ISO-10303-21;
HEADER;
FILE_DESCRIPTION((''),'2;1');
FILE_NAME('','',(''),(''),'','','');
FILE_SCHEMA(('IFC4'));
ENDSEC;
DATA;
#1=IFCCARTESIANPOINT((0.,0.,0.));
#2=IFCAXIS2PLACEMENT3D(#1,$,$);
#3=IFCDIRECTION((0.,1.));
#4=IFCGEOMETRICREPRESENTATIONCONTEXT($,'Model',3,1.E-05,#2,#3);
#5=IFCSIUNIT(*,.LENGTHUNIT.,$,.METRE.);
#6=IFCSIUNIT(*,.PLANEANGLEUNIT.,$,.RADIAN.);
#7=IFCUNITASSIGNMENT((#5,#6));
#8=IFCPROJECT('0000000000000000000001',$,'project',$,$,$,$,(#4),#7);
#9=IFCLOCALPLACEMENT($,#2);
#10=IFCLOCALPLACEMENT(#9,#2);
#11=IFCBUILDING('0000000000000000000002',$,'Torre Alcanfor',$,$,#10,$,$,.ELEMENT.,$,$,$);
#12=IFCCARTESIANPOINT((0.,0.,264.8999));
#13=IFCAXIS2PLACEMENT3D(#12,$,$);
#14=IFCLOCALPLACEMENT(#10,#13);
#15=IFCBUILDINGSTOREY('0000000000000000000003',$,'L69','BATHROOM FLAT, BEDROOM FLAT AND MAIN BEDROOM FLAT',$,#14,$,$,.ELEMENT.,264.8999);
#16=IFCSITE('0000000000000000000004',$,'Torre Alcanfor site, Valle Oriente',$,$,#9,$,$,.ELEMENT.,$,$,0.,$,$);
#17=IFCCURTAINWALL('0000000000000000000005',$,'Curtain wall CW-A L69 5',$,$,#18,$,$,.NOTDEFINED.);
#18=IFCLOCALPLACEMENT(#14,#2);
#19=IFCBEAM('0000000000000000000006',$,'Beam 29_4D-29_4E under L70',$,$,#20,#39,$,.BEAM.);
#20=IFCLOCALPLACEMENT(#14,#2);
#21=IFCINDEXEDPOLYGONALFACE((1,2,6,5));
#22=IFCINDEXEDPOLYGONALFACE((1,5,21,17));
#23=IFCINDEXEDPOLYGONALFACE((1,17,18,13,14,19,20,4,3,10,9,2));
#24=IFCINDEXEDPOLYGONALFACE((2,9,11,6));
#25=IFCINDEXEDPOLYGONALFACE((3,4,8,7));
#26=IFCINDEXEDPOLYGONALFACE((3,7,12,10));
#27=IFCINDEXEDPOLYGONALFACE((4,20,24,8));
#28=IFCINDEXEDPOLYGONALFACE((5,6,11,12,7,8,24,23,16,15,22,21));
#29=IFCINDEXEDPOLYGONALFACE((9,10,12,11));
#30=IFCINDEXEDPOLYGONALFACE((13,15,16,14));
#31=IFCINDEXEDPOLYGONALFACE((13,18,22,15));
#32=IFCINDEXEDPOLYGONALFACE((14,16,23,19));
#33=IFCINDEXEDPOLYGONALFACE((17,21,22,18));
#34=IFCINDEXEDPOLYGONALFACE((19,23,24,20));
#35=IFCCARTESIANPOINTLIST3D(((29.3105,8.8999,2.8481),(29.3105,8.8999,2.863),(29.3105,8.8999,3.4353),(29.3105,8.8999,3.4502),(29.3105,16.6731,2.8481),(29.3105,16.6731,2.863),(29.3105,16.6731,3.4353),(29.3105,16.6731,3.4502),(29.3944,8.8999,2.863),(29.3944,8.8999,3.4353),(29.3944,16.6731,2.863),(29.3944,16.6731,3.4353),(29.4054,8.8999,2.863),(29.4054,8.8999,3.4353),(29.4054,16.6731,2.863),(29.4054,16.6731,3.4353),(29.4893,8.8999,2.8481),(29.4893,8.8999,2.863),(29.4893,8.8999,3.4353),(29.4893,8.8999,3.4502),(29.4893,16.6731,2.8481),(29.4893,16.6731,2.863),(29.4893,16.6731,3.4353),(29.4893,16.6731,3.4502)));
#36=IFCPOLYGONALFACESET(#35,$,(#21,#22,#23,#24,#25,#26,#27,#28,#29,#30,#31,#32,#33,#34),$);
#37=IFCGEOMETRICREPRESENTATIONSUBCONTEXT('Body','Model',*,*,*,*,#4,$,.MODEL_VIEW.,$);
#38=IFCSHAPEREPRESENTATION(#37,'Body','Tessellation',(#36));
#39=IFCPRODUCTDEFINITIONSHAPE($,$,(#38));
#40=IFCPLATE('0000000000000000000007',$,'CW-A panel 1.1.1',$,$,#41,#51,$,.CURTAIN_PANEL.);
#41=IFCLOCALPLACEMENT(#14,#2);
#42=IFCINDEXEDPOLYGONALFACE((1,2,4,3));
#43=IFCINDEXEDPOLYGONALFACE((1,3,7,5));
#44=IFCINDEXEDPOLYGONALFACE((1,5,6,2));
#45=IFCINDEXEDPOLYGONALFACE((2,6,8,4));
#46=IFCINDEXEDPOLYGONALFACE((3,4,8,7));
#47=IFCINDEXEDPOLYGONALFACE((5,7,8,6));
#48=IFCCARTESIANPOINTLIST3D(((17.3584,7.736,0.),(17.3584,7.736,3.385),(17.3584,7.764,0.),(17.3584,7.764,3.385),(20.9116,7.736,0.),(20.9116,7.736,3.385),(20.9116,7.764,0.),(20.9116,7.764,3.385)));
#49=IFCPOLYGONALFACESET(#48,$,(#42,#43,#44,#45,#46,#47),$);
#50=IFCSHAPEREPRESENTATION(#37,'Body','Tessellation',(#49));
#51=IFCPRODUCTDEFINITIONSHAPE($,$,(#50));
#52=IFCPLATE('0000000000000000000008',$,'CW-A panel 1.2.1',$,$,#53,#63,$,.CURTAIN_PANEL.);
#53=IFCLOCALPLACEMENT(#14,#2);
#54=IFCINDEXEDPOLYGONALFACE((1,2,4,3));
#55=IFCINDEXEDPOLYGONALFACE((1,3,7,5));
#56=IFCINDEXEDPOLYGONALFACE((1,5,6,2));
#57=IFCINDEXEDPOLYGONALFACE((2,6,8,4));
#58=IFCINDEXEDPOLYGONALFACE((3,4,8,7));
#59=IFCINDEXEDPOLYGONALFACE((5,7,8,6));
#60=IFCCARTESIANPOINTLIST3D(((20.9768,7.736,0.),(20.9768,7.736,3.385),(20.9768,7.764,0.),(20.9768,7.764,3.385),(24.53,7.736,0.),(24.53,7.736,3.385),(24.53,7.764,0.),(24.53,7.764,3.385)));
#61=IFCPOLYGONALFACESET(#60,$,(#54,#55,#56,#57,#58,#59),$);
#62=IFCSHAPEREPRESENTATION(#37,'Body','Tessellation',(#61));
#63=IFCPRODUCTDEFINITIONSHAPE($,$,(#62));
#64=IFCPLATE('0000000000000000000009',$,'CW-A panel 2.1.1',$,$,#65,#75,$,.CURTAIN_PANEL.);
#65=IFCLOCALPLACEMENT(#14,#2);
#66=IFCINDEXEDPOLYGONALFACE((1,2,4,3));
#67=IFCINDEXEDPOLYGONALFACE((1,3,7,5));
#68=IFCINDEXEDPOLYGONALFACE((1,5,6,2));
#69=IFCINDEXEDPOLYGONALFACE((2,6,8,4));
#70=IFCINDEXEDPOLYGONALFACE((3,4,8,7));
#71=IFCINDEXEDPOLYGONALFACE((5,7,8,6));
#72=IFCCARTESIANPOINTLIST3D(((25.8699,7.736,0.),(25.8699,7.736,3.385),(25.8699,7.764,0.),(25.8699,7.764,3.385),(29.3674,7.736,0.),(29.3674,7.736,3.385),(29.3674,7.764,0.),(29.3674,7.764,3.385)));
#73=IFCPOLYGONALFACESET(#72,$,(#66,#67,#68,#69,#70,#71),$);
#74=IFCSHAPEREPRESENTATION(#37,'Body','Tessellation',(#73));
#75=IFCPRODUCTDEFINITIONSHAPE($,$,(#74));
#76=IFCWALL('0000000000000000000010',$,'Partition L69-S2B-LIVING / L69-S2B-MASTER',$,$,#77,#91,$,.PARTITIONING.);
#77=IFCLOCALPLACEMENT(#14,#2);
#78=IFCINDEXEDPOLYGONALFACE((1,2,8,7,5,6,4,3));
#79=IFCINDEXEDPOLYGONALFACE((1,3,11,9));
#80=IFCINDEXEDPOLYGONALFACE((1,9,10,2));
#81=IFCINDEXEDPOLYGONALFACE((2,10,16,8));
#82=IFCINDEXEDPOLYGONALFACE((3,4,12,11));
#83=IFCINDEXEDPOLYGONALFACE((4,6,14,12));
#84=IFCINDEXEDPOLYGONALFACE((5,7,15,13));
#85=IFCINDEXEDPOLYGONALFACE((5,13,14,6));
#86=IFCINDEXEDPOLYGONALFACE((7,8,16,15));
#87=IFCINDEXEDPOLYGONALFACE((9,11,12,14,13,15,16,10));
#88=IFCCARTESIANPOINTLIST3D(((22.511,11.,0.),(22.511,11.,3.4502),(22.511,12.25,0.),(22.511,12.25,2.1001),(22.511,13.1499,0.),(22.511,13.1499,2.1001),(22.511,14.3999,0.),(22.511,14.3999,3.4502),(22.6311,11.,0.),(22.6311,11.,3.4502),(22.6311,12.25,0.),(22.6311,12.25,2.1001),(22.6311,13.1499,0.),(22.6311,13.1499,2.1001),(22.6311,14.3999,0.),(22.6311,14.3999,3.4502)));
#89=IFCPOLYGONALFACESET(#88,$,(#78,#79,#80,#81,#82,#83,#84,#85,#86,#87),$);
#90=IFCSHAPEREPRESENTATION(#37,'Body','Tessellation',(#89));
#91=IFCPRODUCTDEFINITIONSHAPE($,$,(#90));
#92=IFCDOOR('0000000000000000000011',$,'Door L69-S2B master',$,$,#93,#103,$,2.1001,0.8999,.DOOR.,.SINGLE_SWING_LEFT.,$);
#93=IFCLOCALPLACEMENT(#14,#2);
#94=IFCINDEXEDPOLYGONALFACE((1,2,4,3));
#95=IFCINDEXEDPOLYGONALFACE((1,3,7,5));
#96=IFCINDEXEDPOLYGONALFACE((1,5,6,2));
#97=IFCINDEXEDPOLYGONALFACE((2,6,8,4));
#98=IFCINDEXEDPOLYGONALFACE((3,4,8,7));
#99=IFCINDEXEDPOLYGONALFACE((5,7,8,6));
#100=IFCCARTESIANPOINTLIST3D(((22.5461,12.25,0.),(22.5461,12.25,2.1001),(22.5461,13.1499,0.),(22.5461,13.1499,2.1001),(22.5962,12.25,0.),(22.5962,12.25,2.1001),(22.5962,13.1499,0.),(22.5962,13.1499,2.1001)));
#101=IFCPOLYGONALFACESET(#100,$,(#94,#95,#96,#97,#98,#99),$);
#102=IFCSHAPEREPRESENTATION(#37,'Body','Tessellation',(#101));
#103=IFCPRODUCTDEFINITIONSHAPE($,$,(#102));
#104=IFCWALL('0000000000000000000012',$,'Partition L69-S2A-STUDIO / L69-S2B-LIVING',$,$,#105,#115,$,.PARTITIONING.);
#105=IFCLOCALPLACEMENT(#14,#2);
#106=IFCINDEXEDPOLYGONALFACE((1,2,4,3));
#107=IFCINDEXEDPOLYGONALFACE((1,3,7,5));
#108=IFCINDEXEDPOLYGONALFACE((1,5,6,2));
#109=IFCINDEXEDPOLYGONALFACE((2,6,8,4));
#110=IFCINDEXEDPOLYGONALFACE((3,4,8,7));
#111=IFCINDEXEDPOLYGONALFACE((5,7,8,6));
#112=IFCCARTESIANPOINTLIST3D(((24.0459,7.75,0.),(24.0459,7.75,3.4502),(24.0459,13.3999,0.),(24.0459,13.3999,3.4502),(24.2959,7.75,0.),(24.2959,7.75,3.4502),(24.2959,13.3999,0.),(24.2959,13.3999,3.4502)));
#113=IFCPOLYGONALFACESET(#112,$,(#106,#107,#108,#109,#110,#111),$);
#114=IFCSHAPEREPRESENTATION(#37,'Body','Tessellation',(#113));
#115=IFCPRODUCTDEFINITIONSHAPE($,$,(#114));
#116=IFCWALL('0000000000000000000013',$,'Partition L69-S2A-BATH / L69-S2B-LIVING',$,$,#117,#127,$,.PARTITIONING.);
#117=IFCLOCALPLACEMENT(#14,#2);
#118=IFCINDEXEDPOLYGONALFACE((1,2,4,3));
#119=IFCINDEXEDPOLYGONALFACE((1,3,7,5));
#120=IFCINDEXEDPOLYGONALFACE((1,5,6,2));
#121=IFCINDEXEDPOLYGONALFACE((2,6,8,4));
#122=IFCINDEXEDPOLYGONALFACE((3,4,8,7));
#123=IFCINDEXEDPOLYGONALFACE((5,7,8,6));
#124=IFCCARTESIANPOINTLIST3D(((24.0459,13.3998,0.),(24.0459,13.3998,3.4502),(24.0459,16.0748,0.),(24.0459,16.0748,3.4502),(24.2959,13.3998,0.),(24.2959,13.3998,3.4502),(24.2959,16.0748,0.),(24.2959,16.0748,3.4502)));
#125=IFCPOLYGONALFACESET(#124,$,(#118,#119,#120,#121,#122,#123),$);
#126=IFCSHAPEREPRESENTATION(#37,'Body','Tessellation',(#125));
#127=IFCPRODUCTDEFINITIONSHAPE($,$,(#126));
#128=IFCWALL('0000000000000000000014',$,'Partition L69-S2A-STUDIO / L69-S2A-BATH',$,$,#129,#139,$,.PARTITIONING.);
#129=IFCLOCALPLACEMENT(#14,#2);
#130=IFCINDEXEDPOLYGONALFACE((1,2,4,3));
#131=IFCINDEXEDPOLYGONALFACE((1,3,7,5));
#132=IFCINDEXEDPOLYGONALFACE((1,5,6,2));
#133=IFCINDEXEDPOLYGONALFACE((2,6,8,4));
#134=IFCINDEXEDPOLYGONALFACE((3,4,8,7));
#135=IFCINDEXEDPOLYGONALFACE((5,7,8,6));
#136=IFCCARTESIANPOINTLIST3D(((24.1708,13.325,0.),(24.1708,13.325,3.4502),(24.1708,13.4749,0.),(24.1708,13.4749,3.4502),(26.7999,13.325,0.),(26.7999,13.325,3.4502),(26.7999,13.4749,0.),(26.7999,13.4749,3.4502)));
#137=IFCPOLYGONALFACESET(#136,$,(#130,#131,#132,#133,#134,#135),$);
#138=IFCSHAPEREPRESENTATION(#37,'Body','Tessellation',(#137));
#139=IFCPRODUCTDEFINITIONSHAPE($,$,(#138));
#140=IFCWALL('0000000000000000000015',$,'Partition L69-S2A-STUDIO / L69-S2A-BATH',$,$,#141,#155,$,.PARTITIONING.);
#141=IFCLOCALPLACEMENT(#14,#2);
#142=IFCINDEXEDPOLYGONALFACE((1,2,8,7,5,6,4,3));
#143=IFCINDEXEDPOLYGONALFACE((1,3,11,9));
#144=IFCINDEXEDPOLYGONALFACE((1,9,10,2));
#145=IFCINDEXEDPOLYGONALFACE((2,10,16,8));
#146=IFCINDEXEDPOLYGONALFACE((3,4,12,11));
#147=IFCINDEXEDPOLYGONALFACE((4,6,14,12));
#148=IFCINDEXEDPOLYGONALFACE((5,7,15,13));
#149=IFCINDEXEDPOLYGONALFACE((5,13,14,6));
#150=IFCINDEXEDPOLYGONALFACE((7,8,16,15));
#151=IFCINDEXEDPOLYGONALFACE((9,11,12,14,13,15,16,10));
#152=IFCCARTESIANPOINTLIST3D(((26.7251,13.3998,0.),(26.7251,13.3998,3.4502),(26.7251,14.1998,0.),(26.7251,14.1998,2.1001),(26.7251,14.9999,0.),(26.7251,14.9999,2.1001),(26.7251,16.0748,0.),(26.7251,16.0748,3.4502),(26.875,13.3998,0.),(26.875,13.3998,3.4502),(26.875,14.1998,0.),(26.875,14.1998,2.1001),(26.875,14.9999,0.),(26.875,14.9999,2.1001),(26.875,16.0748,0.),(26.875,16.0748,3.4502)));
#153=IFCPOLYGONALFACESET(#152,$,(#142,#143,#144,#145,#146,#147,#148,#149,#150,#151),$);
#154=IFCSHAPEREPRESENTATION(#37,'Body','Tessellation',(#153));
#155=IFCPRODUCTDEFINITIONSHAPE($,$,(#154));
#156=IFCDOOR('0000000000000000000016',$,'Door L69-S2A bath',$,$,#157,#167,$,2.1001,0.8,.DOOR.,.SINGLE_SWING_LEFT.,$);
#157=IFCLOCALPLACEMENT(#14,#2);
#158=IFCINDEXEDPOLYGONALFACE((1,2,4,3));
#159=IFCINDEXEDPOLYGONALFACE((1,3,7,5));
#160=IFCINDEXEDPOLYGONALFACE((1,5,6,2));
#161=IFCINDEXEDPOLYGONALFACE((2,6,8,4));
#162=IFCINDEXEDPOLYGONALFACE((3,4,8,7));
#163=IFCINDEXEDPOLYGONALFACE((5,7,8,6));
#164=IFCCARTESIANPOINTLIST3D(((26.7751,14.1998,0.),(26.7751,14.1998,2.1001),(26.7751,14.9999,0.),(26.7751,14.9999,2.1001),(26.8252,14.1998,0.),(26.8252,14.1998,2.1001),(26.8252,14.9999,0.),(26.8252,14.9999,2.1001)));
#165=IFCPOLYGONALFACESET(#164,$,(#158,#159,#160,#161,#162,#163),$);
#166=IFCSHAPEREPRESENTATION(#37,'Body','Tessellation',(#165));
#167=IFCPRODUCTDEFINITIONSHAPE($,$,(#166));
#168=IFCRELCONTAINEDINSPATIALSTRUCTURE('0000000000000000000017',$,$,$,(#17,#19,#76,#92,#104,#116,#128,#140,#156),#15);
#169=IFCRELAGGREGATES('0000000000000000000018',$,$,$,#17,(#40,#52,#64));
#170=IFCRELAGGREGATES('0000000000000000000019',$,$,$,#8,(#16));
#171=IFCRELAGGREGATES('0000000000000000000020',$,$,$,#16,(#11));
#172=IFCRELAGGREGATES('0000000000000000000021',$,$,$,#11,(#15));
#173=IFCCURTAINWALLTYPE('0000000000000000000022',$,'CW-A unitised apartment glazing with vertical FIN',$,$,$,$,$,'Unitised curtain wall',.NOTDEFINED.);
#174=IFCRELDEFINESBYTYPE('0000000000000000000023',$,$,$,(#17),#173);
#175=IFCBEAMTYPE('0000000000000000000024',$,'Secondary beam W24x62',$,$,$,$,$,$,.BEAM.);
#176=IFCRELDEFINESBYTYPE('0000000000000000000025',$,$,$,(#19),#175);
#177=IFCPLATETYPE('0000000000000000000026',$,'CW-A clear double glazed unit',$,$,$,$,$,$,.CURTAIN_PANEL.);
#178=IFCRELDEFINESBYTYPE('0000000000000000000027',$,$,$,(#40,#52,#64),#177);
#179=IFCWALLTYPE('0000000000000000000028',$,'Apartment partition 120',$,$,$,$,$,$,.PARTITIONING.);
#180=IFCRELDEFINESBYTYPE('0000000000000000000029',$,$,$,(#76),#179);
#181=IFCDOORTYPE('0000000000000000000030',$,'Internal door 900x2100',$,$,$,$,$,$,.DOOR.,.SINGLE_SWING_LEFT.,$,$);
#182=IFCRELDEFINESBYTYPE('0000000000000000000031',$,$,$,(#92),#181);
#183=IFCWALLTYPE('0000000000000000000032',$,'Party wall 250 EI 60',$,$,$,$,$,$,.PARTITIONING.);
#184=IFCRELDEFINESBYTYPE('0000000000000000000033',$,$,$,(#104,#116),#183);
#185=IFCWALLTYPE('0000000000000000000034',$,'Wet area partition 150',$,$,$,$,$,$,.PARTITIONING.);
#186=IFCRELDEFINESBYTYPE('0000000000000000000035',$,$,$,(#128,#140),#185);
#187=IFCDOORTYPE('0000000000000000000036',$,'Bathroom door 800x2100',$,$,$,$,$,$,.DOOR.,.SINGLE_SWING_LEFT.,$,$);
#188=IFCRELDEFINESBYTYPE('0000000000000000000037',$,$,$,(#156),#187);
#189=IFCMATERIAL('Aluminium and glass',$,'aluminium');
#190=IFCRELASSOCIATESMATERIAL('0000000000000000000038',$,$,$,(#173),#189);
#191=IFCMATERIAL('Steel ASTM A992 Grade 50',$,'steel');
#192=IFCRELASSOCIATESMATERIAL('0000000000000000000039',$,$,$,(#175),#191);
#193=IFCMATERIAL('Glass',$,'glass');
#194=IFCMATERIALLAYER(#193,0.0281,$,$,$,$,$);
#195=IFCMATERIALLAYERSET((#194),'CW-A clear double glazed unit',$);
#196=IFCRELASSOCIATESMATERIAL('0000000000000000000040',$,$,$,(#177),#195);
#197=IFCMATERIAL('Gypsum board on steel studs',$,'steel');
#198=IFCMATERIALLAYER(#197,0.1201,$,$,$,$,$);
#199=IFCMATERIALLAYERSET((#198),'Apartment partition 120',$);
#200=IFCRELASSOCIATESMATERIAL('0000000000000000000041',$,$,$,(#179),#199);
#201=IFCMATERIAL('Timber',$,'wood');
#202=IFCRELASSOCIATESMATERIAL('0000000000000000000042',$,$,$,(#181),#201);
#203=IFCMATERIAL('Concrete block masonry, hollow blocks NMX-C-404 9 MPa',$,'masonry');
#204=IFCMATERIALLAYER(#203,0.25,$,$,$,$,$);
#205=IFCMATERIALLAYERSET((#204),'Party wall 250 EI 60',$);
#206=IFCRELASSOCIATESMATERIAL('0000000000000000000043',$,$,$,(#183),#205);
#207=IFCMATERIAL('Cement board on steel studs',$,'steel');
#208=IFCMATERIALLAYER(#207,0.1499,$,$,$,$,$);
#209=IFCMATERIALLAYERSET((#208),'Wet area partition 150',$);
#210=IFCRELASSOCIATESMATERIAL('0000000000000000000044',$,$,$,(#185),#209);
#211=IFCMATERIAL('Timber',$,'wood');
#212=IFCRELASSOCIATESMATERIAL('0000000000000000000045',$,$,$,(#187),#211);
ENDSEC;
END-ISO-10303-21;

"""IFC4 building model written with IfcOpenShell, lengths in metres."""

from ifc_helpers import new_model, si_unit, direction, frame, frame_2d, origin, origin_2d, place, context, subcontext, project, spatial, rectangle, i_section, extrude, material, layer, layer_set, material_profile, profile_set, type_object, element, fill, aggregate, save


model = new_model("IFC4")

# Units and contexts
model_context = context("Model", 3, precision=1e-05, world=origin(), true_north=direction((0.0, 1.0)))
body_context = subcontext(model_context, "Body", "Model", "MODEL_VIEW")
ifc_project = project(units=[si_unit("LENGTHUNIT", "METRE"), si_unit("PLANEANGLEUNIT", "RADIAN")], contexts=[model_context])

# Site, building, storey
site_placement = place(None, origin())
site = spatial("IfcSite", under=ifc_project, at=site_placement, Name="Torre Alcanfor site, Valle Oriente", CompositionType="ELEMENT", RefElevation=0.0)
building_placement = place(site_placement, origin())
building = spatial("IfcBuilding", under=site, at=building_placement, Name="Torre Alcanfor", CompositionType="ELEMENT")
storey_placement = place(building_placement, frame((0.0, 0.0, 264.8999)))
storey = spatial("IfcBuildingStorey", under=building, at=storey_placement, Name="L69", Description="BATHROOM FLAT, BEDROOM FLAT AND MAIN BEDROOM FLAT", CompositionType="ELEMENT", Elevation=264.8999)

# Curtain wall
ifc_material_1 = material(Name="Aluminium and glass", Category="aluminium")
curtain_wall_type = type_object("IfcCurtainWallType", Name="CW-A unitised apartment glazing with vertical FIN", ElementType="Unitised curtain wall", PredefinedType="NOTDEFINED", material=ifc_material_1)
curtain_wall_placement = place(storey_placement, origin())
curtain_wall = element("IfcCurtainWall", 1, at=curtain_wall_placement, inside=storey, type_object=curtain_wall_type, Name="Curtain wall CW-A L69 5", PredefinedType="NOTDEFINED")

# Beam
ifc_material_2 = material(Name="Steel ASTM A992 Grade 50", Category="steel")
ifc_material_profile_1 = material_profile(ifc_material_2, i_section(OverallWidth=0.1787, OverallDepth=0.6021, WebThickness=0.011, FlangeThickness=0.0149, at=origin_2d()), Name="W24x62")
ifc_profile_set_1 = profile_set([ifc_material_profile_1], Name="Steel ASTM A992 Grade 50")
beam_type_1 = type_object("IfcBeamType", Name="Secondary beam W24x62", PredefinedType="BEAM", material=ifc_profile_set_1)
for number, where, z_axis, x_axis, name in (
    (2, (29.3999, 8.8999, 3.1492), (0.0, 1.0, 0.0), (-1.0, 0.0, 0.0), "Beam 29_4D-29_4E under L70"),
):
    element("IfcBeam", number, at=place(storey_placement, frame(where, z_axis=z_axis, x_axis=x_axis)), inside=storey, type_object=beam_type_1, Name=name, PredefinedType="BEAM", context=body_context, shape_type="SweptSolid", body=[
        extrude(i_section(OverallWidth=0.1787, OverallDepth=0.6021, WebThickness=0.011, FlangeThickness=0.0149, at=origin_2d()), origin(), (0.0, 0.0, 1.0), 7.7732),
    ])

# Plates
ifc_material_3 = material(Name="Glass", Category="glass")
ifc_layer_1 = layer(ifc_material_3, 0.0281)
ifc_layer_set_1 = layer_set([ifc_layer_1], Name="CW-A clear double glazed unit")
plate_type = type_object("IfcPlateType", Name="CW-A clear double glazed unit", PredefinedType="CURTAIN_PANEL", material=ifc_layer_set_1)
plate_1_placement = place(storey_placement, frame((19.135, 7.75, 0.0), z_axis=(0.0, 0.0, 1.0), x_axis=(1.0, 0.0, 0.0)))
plate_1 = element("IfcPlate", 3, at=plate_1_placement, type_object=plate_type, Name="CW-A panel 1.1.1", PredefinedType="CURTAIN_PANEL", context=body_context, shape_type="SweptSolid", body=[
    extrude(rectangle(XDim=3.5532, YDim=0.0281, at=origin_2d()), origin(), (0.0, 0.0, 1.0), 3.385),
])
plate_2_placement = place(storey_placement, frame((22.7534, 7.75, 0.0), z_axis=(0.0, 0.0, 1.0), x_axis=(1.0, 0.0, 0.0)))
plate_2 = element("IfcPlate", 4, at=plate_2_placement, type_object=plate_type, Name="CW-A panel 1.2.1", PredefinedType="CURTAIN_PANEL", context=body_context, shape_type="SweptSolid", body=[
    extrude(rectangle(XDim=3.5532, YDim=0.0281, at=origin_2d()), origin(), (0.0, 0.0, 1.0), 3.385),
])
plate_3_placement = place(storey_placement, frame((27.6187, 7.75, 0.0), z_axis=(0.0, 0.0, 1.0), x_axis=(1.0, 0.0, 0.0)))
plate_3 = element("IfcPlate", 5, at=plate_3_placement, type_object=plate_type, Name="CW-A panel 2.1.1", PredefinedType="CURTAIN_PANEL", context=body_context, shape_type="SweptSolid", body=[
    extrude(rectangle(XDim=3.4976, YDim=0.0281, at=origin_2d()), origin(), (0.0, 0.0, 1.0), 3.385),
])
aggregate(curtain_wall, [plate_1, plate_2, plate_3])

# Wall, opening, door
ifc_material_4 = material(Name="Gypsum board on steel studs", Category="steel")
ifc_layer_2 = layer(ifc_material_4, 0.1201)
ifc_layer_set_2 = layer_set([ifc_layer_2], Name="Apartment partition 120")
wall_type_1 = type_object("IfcWallType", Name="Apartment partition 120", PredefinedType="PARTITIONING", material=ifc_layer_set_2)
wall_1_placement = place(storey_placement, frame((22.571, 11.0, 0.0), z_axis=(0.0, 0.0, 1.0), x_axis=(0.0, 1.0, 0.0)))
wall_1 = element("IfcWall", 6, at=wall_1_placement, inside=storey, type_object=wall_type_1, Name="Partition L69-S2B-LIVING / L69-S2B-MASTER", PredefinedType="PARTITIONING", context=body_context, shape_type="SweptSolid", body=[
    extrude(rectangle(XDim=3.3999, YDim=0.1201, at=frame_2d((1.7, 0.0))), origin(), (0.0, 0.0, 1.0), 3.4502),
])
opening_1_placement = place(wall_1_placement, frame((1.25, 0.0, 0.0)))
opening_1 = element("IfcOpeningElement", 7, at=opening_1_placement, cuts=wall_1, PredefinedType="OPENING", context=body_context, shape_type="SweptSolid", body=[
    extrude(rectangle(XDim=0.8999, YDim=2.1001, at=frame_2d((0.45, 1.05))), frame((0.0, 0.0701, 0.0), z_axis=(0.0, -1.0, 0.0), x_axis=(1.0, 0.0, 0.0)), (0.0, 0.0, 1.0), 0.1401),
])
ifc_material_5 = material(Name="Timber", Category="wood")
door_type_1 = type_object("IfcDoorType", Name="Internal door 900x2100", OperationType="SINGLE_SWING_LEFT", PredefinedType="DOOR", material=ifc_material_5)
door_1_placement = place(opening_1_placement, origin())
door_1 = element("IfcDoor", 8, at=door_1_placement, inside=storey, type_object=door_type_1, Name="Door L69-S2B master", OperationType="SINGLE_SWING_LEFT", OverallHeight=2.1001, OverallWidth=0.8999, PredefinedType="DOOR", context=body_context, shape_type="SweptSolid", body=[
    extrude(rectangle(XDim=0.8999, YDim=2.1001, at=frame_2d((0.45, 1.05))), frame((0.0, 0.0249, 0.0), z_axis=(0.0, -1.0, 0.0), x_axis=(1.0, 0.0, 0.0)), (0.0, 0.0, 1.0), 0.05),
])
fill(opening_1, door_1)

# Walls
ifc_material_6 = material(Name="Concrete block masonry, hollow blocks NMX-C-404 9 MPa", Category="masonry")
ifc_layer_3 = layer(ifc_material_6, 0.25)
ifc_layer_set_3 = layer_set([ifc_layer_3], Name="Party wall 250 EI 60")
wall_type_2 = type_object("IfcWallType", Name="Party wall 250 EI 60", PredefinedType="PARTITIONING", material=ifc_layer_set_3)
wall_2_placement = place(storey_placement, frame((24.1709, 7.75, 0.0), z_axis=(0.0, 0.0, 1.0), x_axis=(0.0, 1.0, 0.0)))
element("IfcWall", 9, at=wall_2_placement, inside=storey, type_object=wall_type_2, Name="Partition L69-S2A-STUDIO / L69-S2B-LIVING", PredefinedType="PARTITIONING", context=body_context, shape_type="SweptSolid", body=[
    extrude(rectangle(XDim=5.6499, YDim=0.25, at=frame_2d((2.825, 0.0))), origin(), (0.0, 0.0, 1.0), 3.4502),
])
wall_3_placement = place(storey_placement, frame((24.1709, 13.3999, 0.0), z_axis=(0.0, 0.0, 1.0), x_axis=(0.0, 1.0, 0.0)))
element("IfcWall", 10, at=wall_3_placement, inside=storey, type_object=wall_type_2, Name="Partition L69-S2A-BATH / L69-S2B-LIVING", PredefinedType="PARTITIONING", context=body_context, shape_type="SweptSolid", body=[
    extrude(rectangle(XDim=2.675, YDim=0.25, at=frame_2d((1.3374, 0.0))), origin(), (0.0, 0.0, 1.0), 3.4502),
])
ifc_material_7 = material(Name="Cement board on steel studs", Category="steel")
ifc_layer_4 = layer(ifc_material_7, 0.1499)
ifc_layer_set_4 = layer_set([ifc_layer_4], Name="Wet area partition 150")
wall_type_3 = type_object("IfcWallType", Name="Wet area partition 150", PredefinedType="PARTITIONING", material=ifc_layer_set_4)
wall_4_placement = place(storey_placement, frame((24.1709, 13.3999, 0.0), z_axis=(0.0, 0.0, 1.0), x_axis=(1.0, 0.0, 0.0)))
element("IfcWall", 11, at=wall_4_placement, inside=storey, type_object=wall_type_3, Name="Partition L69-S2A-STUDIO / L69-S2A-BATH", PredefinedType="PARTITIONING", context=body_context, shape_type="SweptSolid", body=[
    extrude(rectangle(XDim=2.6292, YDim=0.1499, at=frame_2d((1.3145, 0.0))), origin(), (0.0, 0.0, 1.0), 3.4502),
])

# Wall, opening, door
wall_5_placement = place(storey_placement, frame((26.8, 13.3999, 0.0), z_axis=(0.0, 0.0, 1.0), x_axis=(0.0, 1.0, 0.0)))
wall_5 = element("IfcWall", 12, at=wall_5_placement, inside=storey, type_object=wall_type_3, Name="Partition L69-S2A-STUDIO / L69-S2A-BATH", PredefinedType="PARTITIONING", context=body_context, shape_type="SweptSolid", body=[
    extrude(rectangle(XDim=2.675, YDim=0.1499, at=frame_2d((1.3374, 0.0))), origin(), (0.0, 0.0, 1.0), 3.4502),
])
opening_2_placement = place(wall_5_placement, frame((0.8, 0.0, 0.0)))
opening_2 = element("IfcOpeningElement", 13, at=opening_2_placement, cuts=wall_5, PredefinedType="OPENING", context=body_context, shape_type="SweptSolid", body=[
    extrude(rectangle(XDim=0.8, YDim=2.1001, at=frame_2d((0.3999, 1.05))), frame((0.0, 0.085, 0.0), z_axis=(0.0, -1.0, 0.0), x_axis=(1.0, 0.0, 0.0)), (0.0, 0.0, 1.0), 0.1699),
])
ifc_material_8 = material(Name="Timber", Category="wood")
door_type_2 = type_object("IfcDoorType", Name="Bathroom door 800x2100", OperationType="SINGLE_SWING_LEFT", PredefinedType="DOOR", material=ifc_material_8)
door_2_placement = place(opening_2_placement, origin())
door_2 = element("IfcDoor", 14, at=door_2_placement, inside=storey, type_object=door_type_2, Name="Door L69-S2A bath", OperationType="SINGLE_SWING_LEFT", OverallHeight=2.1001, OverallWidth=0.8, PredefinedType="DOOR", context=body_context, shape_type="SweptSolid", body=[
    extrude(rectangle(XDim=0.8, YDim=2.1001, at=frame_2d((0.3999, 1.05))), frame((0.0, 0.0249, 0.0), z_axis=(0.0, -1.0, 0.0), x_axis=(1.0, 0.0, 0.0)), (0.0, 0.0, 1.0), 0.05),
])
fill(opening_2, door_2)

save(model, "model.ifc")
